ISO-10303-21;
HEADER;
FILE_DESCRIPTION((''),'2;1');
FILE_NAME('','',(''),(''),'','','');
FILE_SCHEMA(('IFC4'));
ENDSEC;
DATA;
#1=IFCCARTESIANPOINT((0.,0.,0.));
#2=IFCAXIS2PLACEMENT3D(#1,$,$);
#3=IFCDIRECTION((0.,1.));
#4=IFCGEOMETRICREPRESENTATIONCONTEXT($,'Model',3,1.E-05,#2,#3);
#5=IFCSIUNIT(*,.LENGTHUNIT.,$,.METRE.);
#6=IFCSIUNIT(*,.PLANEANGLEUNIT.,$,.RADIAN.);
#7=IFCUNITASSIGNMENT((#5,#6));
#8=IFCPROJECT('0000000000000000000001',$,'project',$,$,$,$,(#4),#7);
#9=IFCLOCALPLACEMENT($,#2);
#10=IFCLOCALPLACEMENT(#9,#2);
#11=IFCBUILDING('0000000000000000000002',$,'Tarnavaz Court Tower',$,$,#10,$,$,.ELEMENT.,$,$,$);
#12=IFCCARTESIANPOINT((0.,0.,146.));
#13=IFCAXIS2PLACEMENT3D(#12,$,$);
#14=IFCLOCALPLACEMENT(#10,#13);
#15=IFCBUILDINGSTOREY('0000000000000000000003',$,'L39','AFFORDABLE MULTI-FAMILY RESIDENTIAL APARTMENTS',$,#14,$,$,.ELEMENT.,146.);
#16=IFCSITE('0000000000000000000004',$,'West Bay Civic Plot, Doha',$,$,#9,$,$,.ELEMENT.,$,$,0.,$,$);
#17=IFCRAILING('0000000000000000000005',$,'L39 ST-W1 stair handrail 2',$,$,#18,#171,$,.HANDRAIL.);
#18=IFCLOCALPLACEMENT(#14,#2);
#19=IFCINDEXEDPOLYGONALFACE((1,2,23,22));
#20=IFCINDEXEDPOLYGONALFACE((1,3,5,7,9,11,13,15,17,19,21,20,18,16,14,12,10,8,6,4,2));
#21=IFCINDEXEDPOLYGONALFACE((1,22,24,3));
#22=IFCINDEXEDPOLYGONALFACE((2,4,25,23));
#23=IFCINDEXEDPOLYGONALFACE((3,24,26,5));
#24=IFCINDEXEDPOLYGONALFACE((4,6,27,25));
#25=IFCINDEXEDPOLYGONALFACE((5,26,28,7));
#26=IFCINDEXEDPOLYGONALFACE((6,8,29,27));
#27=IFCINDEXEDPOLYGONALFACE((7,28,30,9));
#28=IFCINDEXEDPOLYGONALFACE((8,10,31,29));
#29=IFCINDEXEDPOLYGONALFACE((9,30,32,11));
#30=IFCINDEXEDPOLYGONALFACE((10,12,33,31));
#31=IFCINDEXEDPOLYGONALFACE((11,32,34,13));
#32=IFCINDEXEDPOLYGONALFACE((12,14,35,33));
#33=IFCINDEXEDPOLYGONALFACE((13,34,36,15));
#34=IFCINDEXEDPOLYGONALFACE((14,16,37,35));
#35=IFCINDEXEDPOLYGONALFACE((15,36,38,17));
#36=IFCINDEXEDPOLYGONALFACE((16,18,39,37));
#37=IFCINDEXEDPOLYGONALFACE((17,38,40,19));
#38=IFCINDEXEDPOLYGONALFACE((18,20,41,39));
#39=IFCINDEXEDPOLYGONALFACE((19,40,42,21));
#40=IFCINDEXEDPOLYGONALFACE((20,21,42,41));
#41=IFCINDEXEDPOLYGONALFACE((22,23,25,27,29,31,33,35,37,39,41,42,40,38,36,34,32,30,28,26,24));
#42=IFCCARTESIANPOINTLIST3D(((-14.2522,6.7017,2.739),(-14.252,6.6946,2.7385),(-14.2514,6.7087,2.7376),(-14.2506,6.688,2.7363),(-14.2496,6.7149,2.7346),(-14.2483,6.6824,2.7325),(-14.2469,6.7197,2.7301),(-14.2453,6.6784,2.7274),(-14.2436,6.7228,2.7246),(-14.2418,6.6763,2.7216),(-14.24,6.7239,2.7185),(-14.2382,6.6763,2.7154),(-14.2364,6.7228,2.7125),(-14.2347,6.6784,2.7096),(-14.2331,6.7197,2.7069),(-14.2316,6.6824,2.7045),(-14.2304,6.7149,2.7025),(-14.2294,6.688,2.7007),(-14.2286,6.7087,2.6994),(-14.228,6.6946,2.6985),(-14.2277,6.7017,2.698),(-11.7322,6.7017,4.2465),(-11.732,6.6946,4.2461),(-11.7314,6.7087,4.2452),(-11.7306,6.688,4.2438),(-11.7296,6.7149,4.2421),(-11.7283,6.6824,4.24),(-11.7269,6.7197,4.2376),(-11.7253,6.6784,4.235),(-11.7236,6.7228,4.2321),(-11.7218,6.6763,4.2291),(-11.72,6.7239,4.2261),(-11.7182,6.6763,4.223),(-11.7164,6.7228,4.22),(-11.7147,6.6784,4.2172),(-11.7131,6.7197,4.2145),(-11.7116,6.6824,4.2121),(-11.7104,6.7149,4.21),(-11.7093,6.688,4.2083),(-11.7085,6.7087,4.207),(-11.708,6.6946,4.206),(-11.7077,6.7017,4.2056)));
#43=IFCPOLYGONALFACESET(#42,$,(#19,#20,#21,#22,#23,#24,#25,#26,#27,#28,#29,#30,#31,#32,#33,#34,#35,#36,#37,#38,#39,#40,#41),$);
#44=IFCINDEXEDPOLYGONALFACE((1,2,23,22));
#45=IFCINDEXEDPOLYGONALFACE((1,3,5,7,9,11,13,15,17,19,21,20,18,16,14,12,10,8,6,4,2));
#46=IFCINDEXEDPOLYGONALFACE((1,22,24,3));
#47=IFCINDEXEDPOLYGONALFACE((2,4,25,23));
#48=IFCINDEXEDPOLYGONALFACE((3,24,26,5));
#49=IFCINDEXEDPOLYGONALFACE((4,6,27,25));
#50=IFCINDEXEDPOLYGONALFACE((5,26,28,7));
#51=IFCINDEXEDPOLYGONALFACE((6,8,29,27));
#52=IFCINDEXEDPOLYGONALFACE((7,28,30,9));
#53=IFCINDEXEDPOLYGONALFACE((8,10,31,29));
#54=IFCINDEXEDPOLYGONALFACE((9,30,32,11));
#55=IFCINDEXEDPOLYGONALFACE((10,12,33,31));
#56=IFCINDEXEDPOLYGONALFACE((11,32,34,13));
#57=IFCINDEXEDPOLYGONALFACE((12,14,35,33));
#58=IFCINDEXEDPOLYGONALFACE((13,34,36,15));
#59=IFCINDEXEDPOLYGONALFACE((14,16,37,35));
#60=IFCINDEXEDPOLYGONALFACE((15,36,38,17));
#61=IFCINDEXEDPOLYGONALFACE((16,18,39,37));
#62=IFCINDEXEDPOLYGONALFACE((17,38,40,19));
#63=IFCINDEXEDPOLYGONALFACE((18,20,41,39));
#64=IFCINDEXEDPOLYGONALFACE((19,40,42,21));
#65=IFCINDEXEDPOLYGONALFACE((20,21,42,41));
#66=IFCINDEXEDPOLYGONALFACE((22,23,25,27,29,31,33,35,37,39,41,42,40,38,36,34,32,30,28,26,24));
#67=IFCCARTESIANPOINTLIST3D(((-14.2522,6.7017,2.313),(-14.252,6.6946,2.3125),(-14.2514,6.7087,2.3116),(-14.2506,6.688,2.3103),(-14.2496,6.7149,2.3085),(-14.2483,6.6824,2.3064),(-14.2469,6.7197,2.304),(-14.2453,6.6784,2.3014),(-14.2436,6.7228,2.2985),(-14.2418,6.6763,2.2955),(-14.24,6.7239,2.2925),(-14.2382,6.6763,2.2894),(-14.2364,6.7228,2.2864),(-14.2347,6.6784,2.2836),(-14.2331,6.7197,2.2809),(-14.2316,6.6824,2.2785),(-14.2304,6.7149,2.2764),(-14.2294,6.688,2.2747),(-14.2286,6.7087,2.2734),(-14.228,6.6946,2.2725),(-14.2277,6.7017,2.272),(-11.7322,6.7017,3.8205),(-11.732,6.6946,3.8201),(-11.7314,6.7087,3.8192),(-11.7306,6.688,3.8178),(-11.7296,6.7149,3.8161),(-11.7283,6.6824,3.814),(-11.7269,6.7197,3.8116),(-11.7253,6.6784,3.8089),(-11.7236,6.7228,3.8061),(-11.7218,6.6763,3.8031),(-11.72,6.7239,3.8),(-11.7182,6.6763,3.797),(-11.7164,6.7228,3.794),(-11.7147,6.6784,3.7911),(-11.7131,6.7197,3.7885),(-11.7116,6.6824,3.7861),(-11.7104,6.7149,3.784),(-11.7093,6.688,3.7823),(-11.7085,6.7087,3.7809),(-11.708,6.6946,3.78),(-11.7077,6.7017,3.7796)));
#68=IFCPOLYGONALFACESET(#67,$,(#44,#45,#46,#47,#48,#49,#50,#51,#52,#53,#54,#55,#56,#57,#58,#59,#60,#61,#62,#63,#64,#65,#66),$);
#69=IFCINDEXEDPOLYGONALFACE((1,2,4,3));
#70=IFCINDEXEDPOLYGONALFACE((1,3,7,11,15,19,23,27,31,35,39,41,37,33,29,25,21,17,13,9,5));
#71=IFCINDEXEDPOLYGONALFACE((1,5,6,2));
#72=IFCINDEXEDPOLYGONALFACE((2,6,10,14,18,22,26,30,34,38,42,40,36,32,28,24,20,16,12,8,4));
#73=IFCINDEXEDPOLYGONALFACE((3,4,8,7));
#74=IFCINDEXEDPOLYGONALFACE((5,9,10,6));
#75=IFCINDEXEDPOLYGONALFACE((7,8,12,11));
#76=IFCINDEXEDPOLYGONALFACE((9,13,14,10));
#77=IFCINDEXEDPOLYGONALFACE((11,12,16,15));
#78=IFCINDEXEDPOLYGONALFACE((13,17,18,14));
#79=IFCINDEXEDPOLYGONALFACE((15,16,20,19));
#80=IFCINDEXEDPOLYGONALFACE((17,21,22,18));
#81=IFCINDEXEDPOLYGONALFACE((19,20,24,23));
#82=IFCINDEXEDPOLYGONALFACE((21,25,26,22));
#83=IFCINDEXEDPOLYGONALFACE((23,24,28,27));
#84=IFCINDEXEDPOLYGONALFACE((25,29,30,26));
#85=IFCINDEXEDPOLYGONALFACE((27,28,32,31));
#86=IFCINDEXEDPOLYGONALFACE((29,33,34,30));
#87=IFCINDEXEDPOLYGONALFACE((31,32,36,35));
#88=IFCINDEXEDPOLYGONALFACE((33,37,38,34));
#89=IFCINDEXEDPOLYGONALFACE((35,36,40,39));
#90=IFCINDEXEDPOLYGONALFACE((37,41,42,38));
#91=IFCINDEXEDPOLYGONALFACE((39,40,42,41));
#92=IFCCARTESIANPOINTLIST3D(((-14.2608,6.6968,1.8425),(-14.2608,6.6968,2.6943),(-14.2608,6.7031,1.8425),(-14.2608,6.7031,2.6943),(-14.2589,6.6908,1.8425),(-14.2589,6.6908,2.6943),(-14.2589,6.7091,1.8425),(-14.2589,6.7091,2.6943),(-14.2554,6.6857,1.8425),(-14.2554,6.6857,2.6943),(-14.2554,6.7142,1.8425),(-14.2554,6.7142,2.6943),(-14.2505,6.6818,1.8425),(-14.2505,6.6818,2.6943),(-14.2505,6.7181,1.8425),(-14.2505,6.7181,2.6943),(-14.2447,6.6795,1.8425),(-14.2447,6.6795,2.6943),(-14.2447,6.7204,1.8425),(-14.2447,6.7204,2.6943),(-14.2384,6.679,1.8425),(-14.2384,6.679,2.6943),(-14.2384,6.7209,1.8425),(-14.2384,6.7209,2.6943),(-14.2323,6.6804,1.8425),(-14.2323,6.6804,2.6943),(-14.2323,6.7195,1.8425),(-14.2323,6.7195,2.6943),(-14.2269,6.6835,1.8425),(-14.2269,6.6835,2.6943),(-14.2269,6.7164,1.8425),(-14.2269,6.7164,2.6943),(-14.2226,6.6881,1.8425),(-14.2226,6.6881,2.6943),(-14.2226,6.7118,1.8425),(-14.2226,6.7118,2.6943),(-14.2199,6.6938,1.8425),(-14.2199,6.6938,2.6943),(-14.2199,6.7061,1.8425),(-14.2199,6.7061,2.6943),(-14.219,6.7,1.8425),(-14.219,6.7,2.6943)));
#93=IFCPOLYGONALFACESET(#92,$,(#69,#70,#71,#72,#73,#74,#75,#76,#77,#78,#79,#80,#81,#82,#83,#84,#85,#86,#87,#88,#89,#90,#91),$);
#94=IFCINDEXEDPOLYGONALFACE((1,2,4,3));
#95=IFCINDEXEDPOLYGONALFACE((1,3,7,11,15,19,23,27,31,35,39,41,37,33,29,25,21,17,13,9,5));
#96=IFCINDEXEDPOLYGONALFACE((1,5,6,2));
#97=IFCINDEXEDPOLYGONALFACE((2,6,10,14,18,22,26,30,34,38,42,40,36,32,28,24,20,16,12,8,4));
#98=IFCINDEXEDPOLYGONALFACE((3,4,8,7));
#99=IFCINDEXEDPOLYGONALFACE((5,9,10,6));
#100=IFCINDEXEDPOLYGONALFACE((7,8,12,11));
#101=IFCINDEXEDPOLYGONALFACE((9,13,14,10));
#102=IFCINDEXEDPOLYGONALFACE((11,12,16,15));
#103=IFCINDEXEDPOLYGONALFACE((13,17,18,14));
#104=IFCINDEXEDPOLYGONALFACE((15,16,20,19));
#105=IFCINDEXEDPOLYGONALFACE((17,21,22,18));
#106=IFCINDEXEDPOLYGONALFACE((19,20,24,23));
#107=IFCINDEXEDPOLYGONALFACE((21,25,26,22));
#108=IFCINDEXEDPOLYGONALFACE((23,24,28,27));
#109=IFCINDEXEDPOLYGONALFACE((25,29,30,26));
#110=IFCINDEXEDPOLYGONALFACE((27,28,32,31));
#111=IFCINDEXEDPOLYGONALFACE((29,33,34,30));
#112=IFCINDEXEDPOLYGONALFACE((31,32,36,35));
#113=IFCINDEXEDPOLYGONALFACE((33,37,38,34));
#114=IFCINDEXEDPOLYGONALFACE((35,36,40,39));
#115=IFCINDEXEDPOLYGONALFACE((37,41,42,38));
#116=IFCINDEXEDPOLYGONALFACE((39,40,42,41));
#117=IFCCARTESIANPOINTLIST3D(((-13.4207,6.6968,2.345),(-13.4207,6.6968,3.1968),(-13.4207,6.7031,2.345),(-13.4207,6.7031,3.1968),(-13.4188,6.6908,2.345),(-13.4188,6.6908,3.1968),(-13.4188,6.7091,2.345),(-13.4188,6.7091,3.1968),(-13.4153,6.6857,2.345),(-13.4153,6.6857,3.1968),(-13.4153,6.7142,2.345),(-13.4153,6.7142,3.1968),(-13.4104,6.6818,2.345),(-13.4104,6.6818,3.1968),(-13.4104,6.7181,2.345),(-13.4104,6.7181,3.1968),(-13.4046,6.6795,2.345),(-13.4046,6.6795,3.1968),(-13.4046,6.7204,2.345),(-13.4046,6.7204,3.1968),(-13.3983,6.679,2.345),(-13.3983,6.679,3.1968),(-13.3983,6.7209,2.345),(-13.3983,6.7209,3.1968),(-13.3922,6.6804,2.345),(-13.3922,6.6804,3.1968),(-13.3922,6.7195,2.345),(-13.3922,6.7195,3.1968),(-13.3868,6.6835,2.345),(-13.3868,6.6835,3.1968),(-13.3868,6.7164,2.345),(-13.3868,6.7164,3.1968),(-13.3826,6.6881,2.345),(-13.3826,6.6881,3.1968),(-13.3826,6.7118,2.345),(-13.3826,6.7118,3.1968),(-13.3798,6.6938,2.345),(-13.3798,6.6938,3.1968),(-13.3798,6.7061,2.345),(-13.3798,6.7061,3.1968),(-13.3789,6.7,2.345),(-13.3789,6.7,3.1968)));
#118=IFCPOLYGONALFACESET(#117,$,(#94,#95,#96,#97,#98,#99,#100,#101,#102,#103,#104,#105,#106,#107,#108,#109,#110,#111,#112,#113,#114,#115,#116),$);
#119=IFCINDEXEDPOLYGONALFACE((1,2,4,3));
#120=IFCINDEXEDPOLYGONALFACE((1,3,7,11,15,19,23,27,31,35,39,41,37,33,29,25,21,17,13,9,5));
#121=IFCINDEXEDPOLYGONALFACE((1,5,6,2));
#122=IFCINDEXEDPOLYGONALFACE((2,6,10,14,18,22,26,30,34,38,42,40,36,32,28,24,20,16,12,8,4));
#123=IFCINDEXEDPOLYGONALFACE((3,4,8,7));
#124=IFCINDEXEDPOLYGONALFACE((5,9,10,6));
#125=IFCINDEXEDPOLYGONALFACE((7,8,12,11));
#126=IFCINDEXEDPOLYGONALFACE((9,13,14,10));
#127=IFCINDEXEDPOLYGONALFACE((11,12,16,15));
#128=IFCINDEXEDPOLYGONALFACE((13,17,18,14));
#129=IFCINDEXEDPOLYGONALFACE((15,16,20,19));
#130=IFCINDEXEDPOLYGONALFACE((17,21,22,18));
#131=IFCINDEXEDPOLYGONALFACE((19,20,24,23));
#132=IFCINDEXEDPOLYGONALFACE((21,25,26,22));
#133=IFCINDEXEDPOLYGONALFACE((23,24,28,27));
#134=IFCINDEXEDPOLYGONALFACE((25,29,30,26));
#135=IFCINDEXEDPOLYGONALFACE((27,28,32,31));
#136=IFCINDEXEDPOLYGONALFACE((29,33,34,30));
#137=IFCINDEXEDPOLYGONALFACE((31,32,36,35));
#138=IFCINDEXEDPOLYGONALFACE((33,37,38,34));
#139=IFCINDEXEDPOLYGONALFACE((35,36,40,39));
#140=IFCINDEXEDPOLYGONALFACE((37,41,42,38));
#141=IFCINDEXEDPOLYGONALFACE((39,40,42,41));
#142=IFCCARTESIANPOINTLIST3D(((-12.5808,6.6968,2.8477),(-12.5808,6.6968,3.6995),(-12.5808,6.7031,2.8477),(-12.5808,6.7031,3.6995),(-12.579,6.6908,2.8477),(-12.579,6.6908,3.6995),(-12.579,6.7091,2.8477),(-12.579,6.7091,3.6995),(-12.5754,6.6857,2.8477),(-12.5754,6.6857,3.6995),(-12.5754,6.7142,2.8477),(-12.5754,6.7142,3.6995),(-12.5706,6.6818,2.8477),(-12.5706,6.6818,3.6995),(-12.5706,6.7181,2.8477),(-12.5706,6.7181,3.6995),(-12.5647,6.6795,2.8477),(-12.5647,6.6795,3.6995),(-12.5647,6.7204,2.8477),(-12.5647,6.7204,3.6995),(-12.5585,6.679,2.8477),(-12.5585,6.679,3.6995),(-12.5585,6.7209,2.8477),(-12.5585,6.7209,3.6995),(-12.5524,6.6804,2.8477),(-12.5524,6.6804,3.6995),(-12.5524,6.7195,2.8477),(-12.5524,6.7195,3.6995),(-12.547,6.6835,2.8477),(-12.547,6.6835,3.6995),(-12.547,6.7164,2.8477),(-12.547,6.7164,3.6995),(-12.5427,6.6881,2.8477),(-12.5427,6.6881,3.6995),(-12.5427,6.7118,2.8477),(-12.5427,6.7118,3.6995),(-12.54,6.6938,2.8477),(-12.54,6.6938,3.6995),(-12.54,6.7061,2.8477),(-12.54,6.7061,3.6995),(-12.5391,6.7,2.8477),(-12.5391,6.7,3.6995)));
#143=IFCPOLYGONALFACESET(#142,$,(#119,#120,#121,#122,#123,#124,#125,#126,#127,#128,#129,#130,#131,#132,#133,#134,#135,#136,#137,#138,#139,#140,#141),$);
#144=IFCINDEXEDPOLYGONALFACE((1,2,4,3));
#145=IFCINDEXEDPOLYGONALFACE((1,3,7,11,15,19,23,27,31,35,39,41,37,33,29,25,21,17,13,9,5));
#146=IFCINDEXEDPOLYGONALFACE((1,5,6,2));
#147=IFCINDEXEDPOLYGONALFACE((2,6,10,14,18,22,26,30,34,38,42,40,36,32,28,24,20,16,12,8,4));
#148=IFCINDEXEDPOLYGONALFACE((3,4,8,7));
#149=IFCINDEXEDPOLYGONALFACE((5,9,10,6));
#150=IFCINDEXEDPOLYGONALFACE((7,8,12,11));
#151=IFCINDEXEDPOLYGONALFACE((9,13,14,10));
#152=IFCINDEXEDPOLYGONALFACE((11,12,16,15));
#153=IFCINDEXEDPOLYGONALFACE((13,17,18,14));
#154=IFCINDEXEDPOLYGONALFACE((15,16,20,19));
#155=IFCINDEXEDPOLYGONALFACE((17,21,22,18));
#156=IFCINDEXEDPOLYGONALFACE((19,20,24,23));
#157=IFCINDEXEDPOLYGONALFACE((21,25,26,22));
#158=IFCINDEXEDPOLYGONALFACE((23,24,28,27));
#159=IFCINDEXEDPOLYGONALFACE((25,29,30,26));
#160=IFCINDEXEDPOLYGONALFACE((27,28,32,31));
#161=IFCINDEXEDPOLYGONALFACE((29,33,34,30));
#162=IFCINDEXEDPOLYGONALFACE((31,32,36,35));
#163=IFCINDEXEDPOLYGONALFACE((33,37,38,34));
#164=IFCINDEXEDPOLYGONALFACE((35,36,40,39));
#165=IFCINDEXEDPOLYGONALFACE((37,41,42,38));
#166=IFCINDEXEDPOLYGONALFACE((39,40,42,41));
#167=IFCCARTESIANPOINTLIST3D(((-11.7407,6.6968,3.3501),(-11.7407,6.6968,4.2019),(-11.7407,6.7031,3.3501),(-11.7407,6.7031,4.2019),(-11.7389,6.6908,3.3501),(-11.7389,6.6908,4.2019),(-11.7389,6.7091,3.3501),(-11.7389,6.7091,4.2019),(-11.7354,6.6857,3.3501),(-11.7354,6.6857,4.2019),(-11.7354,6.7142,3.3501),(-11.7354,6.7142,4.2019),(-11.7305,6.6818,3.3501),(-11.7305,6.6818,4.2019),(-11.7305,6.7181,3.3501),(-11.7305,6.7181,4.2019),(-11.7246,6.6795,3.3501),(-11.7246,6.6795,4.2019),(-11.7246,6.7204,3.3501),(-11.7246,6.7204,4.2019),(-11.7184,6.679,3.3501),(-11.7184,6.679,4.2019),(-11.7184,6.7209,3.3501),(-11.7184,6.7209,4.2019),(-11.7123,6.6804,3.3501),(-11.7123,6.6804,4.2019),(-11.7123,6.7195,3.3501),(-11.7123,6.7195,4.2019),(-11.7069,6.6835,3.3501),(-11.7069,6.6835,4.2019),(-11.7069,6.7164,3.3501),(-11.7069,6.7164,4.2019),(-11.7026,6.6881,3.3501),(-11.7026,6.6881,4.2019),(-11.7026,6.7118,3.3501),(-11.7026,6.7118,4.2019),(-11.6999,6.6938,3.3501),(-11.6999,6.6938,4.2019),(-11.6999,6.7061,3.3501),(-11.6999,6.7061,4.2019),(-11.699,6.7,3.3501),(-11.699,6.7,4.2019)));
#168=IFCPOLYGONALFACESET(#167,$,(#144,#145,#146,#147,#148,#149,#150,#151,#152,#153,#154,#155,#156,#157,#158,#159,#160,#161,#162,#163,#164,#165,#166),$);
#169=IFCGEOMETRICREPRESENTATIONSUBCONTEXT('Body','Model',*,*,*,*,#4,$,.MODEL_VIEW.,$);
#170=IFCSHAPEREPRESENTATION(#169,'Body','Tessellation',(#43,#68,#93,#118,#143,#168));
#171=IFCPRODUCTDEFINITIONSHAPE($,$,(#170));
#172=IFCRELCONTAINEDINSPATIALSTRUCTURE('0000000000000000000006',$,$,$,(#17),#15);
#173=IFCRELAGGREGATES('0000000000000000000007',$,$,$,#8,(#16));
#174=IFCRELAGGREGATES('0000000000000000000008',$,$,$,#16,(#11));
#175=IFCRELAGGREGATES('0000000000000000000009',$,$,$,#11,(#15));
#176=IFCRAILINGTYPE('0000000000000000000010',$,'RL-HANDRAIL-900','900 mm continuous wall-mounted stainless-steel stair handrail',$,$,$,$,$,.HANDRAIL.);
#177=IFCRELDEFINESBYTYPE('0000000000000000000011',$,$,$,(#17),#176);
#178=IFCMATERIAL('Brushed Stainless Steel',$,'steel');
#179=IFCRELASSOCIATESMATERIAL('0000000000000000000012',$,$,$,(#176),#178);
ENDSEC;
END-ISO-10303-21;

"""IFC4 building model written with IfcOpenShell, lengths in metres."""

from ifc_helpers import new_model, si_unit, direction, frame, origin, origin_2d, place, context, subcontext, project, spatial, circle, extrude, material, type_object, element, save


model = new_model("IFC4")

# Units and contexts
model_context = context("Model", 3, precision=1e-05, world=origin(), true_north=direction((0.0, 1.0)))
body_context = subcontext(model_context, "Body", "Model", "MODEL_VIEW")
ifc_project = project(units=[si_unit("LENGTHUNIT", "METRE"), si_unit("PLANEANGLEUNIT", "RADIAN")], contexts=[model_context])

# Site, building, storey
site_placement = place(None, origin())
site = spatial("IfcSite", under=ifc_project, at=site_placement, Name="West Bay Civic Plot, Doha", CompositionType="ELEMENT", RefElevation=0.0)
building_placement = place(site_placement, origin())
building = spatial("IfcBuilding", under=site, at=building_placement, Name="Tarnavaz Court Tower", CompositionType="ELEMENT")
storey_placement = place(building_placement, frame((0.0, 0.0, 146.0)))
storey = spatial("IfcBuildingStorey", under=building, at=storey_placement, Name="L39", Description="AFFORDABLE MULTI-FAMILY RESIDENTIAL APARTMENTS", CompositionType="ELEMENT", Elevation=146.0)

# Railing
ifc_material_1 = material(Name="Brushed Stainless Steel", Category="steel")
railing_type_1 = type_object("IfcRailingType", Name="RL-HANDRAIL-900", Description="900 mm continuous wall-mounted stainless-steel stair handrail", PredefinedType="HANDRAIL", material=ifc_material_1)
railing_1_placement = place(storey_placement, frame((-14.24, 6.7, 1.8425)))
element("IfcRailing", 1, at=railing_1_placement, inside=storey, type_object=railing_type_1, Name="L39 ST-W1 stair handrail 2", PredefinedType="HANDRAIL", context=body_context, shape_type="SweptSolid", body=[
    extrude(circle(Radius=0.0239, at=origin_2d()), frame((0.0, 0.0, 0.876), z_axis=(0.85816, 0.0, 0.513383), x_axis=(0.0, 1.0, 0.0)), (0.0, 0.0, 1.0), 2.9365),
    extrude(circle(Radius=0.0239, at=origin_2d()), frame((0.0, 0.0, 0.45), z_axis=(0.85816, 0.0, 0.513383), x_axis=(0.0, 1.0, 0.0)), (0.0, 0.0, 1.0), 2.9365),
    extrude(circle(Radius=0.021, at=origin_2d()), origin(), (0.0, 0.0, 1.0), 0.8518),
    extrude(circle(Radius=0.021, at=origin_2d()), frame((0.8401, 0.0, 0.5024)), (0.0, 0.0, 1.0), 0.8518),
    extrude(circle(Radius=0.021, at=origin_2d()), frame((1.6799, 0.0, 1.0051)), (0.0, 0.0, 1.0), 0.8518),
    extrude(circle(Radius=0.021, at=origin_2d()), frame((2.52, 0.0, 1.5076)), (0.0, 0.0, 1.0), 0.8518),
])

save(model, "model.ifc")
